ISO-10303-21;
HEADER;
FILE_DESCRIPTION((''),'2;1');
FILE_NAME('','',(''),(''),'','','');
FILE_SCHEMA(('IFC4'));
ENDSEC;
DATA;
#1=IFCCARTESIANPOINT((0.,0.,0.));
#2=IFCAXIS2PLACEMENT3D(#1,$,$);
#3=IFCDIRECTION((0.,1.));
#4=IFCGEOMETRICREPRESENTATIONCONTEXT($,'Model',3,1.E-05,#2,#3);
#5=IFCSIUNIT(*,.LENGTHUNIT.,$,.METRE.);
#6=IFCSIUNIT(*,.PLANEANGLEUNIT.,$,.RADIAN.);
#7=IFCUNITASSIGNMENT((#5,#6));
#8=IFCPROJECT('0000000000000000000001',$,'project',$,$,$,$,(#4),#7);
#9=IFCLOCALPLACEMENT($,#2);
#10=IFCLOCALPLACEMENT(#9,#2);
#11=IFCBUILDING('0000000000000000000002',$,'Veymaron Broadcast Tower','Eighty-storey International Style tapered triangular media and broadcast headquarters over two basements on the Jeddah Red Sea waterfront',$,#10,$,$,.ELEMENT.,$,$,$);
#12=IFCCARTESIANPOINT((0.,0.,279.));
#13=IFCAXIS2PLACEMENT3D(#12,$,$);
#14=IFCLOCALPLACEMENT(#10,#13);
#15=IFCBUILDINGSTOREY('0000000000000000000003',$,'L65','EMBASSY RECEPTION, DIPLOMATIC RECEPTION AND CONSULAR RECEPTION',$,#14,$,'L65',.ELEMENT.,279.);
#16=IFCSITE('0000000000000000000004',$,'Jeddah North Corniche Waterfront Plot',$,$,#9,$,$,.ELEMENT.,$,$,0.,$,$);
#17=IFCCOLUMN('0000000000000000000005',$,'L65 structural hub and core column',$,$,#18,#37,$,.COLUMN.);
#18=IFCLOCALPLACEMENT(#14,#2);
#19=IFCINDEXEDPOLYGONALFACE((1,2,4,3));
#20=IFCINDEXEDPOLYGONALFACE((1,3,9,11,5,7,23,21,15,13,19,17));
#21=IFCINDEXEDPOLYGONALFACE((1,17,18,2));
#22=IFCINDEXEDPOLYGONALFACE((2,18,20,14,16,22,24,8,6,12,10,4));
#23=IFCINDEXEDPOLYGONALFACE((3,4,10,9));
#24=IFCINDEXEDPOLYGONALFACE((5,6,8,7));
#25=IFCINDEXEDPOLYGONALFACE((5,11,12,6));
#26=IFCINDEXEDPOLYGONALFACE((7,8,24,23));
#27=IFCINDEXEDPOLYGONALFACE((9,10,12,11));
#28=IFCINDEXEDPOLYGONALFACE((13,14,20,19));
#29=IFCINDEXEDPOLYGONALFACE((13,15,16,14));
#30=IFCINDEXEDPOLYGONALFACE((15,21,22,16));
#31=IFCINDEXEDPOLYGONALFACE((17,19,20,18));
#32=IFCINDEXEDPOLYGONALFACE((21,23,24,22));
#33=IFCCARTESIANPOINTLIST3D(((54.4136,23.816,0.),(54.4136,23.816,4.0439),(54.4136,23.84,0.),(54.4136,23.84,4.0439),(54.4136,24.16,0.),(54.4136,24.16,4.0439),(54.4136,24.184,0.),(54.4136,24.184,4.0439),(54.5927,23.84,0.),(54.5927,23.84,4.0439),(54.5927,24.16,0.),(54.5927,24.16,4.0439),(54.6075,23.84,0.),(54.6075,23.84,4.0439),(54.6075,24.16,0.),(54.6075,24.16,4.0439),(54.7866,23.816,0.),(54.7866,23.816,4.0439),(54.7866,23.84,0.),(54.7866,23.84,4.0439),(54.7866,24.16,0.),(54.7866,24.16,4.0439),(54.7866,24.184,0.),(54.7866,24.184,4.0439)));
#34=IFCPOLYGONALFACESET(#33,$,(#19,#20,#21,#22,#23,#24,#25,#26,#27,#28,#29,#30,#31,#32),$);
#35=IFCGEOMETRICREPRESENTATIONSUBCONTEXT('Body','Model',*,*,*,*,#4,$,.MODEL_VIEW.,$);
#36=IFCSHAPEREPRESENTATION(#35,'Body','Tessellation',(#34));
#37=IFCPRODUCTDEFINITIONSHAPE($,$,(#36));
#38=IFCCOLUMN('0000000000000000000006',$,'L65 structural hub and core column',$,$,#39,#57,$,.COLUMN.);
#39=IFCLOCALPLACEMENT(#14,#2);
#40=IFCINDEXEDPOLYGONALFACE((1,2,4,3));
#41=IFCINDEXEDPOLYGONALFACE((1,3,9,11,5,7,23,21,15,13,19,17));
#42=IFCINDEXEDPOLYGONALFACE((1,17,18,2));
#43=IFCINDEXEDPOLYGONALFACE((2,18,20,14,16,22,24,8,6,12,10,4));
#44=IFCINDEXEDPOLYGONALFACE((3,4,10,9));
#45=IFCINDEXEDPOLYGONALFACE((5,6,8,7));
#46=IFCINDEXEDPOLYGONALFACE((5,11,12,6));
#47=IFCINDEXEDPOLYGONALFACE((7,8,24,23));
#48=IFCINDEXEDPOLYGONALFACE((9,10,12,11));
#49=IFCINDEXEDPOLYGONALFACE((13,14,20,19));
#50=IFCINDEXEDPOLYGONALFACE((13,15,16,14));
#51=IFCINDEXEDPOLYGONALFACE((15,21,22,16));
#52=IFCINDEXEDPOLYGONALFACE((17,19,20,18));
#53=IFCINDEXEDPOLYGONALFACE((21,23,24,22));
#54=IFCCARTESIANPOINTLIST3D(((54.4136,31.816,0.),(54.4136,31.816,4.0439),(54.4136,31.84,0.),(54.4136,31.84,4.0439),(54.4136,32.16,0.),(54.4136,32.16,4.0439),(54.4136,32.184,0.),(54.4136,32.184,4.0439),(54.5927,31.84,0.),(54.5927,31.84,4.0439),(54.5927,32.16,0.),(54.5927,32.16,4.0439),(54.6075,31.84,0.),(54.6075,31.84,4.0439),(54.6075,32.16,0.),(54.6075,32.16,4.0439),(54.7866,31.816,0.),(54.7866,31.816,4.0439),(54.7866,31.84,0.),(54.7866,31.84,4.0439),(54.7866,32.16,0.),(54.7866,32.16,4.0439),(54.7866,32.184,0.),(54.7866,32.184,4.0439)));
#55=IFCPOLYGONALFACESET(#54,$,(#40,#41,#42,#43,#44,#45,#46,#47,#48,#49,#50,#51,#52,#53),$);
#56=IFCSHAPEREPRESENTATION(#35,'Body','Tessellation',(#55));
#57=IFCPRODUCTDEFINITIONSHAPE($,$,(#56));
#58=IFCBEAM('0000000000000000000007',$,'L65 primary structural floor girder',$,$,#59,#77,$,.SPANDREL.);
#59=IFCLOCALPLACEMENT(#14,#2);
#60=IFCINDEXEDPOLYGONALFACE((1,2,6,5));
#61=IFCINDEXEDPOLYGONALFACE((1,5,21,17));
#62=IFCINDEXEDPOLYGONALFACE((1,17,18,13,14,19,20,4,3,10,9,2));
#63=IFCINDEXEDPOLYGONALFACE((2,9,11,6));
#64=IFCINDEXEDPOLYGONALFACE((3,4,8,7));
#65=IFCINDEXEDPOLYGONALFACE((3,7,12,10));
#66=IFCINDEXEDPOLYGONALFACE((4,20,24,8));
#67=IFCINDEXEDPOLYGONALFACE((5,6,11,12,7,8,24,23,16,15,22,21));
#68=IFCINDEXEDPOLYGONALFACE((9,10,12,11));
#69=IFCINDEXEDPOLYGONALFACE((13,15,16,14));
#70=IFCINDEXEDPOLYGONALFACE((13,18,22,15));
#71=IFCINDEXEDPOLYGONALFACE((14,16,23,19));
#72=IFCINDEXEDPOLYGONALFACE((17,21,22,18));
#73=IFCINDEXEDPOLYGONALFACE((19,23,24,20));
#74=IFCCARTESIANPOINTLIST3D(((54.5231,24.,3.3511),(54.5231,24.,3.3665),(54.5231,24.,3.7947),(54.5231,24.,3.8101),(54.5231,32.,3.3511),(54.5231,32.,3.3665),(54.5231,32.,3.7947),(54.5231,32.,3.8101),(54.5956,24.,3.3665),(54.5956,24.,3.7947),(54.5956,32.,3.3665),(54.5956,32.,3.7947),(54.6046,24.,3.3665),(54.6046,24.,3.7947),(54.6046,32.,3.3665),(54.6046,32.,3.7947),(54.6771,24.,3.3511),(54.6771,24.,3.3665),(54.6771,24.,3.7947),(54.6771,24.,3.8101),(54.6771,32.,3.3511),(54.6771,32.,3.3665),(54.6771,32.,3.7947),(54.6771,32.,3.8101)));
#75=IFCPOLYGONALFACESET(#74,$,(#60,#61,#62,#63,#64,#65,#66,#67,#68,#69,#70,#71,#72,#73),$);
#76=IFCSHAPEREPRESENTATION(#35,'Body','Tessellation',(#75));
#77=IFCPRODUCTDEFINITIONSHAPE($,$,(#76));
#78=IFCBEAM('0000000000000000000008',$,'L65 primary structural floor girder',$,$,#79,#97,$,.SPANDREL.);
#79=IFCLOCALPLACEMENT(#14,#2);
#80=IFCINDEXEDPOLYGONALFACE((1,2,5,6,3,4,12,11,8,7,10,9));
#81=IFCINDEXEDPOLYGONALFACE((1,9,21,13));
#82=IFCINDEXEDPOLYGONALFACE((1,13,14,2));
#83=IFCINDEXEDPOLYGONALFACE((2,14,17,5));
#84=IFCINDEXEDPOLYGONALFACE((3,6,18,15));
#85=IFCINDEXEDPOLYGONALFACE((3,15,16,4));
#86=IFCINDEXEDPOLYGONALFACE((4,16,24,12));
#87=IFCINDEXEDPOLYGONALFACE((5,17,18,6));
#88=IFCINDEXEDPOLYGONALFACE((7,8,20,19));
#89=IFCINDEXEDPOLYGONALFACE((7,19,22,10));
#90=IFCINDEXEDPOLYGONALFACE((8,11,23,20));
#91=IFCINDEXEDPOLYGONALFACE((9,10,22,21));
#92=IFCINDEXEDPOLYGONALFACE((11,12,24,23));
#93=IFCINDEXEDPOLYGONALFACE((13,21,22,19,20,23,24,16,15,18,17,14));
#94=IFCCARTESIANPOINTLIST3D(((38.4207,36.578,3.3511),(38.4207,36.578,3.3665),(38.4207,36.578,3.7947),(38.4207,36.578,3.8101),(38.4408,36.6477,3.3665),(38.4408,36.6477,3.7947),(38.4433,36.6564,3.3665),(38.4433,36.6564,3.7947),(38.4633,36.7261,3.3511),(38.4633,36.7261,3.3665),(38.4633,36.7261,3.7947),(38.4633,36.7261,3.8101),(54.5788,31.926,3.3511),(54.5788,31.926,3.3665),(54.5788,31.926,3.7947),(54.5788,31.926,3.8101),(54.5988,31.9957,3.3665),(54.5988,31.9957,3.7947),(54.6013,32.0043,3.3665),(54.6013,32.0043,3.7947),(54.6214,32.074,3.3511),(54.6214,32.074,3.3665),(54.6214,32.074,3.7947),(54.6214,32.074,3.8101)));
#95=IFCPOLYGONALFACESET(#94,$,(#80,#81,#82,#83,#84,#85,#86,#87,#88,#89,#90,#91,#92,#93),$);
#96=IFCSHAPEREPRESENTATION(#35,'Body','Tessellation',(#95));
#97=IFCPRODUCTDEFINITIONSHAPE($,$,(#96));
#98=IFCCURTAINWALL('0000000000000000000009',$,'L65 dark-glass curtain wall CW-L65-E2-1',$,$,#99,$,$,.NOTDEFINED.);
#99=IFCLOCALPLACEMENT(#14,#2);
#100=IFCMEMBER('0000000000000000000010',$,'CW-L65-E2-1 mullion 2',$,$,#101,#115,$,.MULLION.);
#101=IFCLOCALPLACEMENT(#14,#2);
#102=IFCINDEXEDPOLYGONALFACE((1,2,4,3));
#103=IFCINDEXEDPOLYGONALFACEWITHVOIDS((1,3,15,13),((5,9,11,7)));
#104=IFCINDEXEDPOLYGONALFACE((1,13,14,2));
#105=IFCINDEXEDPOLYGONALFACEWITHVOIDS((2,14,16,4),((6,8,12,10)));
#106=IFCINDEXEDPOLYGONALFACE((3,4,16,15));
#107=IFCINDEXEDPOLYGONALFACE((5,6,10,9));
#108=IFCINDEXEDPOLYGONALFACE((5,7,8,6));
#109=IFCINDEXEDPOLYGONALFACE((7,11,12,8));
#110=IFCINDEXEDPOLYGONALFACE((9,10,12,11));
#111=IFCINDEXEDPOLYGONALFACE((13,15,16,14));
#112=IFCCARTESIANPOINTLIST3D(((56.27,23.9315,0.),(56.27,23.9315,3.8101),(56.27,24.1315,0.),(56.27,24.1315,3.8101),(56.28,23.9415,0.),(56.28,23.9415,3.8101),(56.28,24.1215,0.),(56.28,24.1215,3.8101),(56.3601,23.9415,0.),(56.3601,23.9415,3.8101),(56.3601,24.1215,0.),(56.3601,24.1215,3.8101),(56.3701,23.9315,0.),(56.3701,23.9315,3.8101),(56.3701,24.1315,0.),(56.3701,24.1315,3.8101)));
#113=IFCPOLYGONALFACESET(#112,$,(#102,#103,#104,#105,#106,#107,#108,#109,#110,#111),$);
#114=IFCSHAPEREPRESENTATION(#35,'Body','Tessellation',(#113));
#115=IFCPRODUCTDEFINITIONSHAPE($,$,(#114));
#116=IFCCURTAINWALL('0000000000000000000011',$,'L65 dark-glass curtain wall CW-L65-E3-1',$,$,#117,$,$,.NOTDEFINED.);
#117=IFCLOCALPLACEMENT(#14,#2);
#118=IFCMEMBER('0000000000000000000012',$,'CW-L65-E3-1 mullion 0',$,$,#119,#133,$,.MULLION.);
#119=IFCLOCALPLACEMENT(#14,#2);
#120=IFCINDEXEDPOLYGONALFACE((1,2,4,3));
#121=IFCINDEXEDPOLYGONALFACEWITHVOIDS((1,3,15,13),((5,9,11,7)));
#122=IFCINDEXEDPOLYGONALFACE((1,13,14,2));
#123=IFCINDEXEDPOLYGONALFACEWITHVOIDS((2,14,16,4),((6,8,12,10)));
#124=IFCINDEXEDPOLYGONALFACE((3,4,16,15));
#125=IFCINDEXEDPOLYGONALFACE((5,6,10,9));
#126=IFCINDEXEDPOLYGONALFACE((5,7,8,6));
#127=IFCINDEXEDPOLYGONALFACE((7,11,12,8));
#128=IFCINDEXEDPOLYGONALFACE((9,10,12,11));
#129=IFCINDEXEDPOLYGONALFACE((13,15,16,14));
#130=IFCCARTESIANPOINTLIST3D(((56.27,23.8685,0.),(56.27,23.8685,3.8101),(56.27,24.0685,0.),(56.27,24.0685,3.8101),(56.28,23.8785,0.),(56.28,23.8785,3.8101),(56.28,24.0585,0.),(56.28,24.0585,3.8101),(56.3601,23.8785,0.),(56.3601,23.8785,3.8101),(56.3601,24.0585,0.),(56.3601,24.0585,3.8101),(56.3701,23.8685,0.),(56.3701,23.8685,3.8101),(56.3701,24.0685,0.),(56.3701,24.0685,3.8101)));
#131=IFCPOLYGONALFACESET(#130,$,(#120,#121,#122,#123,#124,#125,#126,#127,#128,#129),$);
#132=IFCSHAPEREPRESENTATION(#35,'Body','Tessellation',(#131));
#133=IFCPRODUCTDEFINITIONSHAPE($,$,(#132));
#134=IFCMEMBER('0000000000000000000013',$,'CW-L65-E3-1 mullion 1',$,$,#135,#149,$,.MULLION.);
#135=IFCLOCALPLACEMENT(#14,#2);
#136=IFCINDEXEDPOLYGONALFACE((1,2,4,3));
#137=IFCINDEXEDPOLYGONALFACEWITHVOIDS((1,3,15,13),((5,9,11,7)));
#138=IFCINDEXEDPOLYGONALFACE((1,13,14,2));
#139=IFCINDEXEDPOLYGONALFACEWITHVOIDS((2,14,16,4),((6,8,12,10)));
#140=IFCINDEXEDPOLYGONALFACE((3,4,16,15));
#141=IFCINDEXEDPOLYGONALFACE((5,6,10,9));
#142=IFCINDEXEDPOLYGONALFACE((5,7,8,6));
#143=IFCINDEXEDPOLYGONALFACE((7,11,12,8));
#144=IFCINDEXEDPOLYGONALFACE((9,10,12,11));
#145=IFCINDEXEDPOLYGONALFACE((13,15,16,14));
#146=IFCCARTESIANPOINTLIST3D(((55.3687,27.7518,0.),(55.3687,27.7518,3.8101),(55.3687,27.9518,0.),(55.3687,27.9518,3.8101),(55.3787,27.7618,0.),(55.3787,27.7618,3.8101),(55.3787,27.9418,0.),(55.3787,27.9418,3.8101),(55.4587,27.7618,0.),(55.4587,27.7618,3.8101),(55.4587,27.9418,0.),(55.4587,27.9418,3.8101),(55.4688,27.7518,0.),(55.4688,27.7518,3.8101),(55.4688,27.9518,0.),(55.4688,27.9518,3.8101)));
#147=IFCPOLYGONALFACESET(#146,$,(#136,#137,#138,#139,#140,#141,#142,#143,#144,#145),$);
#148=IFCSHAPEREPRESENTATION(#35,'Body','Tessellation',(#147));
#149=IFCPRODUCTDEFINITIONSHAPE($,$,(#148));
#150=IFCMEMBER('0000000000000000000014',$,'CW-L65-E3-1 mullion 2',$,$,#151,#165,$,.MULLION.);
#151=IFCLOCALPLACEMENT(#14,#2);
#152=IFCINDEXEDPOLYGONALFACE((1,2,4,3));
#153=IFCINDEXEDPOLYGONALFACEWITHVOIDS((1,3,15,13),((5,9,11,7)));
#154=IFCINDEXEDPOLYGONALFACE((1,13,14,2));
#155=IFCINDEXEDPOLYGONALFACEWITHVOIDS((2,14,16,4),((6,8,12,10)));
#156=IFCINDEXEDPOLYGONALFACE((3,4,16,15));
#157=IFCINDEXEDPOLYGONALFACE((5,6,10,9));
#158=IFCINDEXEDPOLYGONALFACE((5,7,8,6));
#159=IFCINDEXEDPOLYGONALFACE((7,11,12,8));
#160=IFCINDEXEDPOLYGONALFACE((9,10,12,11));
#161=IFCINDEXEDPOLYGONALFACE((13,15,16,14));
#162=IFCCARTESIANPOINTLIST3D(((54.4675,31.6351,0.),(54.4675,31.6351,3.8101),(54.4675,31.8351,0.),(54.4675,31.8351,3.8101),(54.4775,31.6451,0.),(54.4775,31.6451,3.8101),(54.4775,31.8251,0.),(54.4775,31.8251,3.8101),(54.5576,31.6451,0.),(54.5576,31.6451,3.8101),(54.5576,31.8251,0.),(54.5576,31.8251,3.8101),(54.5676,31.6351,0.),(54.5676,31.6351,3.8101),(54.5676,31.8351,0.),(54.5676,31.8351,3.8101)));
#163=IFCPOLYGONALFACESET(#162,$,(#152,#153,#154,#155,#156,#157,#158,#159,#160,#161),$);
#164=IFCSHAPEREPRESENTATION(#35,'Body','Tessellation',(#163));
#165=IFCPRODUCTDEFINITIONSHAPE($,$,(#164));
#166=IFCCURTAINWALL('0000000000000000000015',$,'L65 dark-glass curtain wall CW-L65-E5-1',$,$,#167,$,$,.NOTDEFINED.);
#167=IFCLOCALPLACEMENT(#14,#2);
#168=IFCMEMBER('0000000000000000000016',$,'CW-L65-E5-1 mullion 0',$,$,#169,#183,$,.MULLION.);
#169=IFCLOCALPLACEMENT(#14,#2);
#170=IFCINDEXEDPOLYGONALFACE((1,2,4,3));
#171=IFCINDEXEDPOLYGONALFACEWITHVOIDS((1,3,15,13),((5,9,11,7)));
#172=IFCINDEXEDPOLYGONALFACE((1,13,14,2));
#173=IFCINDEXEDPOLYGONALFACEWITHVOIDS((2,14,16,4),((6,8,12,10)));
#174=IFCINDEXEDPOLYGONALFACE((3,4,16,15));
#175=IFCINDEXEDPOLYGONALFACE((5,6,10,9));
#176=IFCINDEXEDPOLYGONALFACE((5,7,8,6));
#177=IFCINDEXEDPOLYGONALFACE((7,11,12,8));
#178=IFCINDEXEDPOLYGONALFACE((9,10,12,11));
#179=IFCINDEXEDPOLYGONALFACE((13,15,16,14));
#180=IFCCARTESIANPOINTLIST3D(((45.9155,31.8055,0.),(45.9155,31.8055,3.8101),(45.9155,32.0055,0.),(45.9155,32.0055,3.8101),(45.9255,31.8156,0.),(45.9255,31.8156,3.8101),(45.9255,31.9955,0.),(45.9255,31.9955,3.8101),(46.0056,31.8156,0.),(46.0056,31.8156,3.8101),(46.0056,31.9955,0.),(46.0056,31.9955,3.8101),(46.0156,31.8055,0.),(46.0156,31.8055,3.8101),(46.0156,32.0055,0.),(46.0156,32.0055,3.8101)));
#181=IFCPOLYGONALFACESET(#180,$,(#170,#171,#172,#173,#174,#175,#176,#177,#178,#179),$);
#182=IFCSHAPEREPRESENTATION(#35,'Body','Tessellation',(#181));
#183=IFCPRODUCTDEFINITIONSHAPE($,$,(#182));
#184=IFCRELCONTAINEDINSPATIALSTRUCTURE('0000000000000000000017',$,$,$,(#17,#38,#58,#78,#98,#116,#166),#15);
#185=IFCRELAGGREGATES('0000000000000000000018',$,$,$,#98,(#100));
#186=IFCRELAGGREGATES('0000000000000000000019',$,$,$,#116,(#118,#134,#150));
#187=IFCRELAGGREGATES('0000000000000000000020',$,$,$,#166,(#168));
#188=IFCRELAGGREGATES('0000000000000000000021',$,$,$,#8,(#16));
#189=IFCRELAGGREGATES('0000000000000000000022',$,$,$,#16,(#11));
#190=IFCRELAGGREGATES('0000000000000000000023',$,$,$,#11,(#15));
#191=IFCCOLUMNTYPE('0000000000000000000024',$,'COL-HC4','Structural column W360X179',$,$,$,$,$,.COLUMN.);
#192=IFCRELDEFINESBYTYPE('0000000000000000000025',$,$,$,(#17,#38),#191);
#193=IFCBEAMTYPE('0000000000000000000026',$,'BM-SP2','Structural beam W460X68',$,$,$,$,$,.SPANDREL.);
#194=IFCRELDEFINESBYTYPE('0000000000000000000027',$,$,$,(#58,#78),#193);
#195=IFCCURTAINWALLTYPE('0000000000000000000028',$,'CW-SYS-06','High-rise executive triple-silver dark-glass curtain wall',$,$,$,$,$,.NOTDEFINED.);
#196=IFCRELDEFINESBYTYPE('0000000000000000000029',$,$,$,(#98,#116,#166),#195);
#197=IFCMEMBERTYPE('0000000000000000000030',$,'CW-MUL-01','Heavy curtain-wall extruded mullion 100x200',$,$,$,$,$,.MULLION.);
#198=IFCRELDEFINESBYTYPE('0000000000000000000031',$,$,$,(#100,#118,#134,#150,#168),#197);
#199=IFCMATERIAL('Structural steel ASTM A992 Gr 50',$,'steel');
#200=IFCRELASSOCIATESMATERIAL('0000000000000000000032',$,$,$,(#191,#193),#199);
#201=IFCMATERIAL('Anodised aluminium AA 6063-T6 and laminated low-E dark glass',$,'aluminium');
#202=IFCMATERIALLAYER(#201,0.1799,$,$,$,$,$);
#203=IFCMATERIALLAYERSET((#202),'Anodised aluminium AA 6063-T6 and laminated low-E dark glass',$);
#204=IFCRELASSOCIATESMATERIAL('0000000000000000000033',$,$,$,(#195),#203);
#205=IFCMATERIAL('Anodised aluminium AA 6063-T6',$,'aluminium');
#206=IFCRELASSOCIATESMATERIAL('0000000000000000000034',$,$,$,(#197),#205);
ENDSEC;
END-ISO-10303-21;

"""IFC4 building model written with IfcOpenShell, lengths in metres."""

from ifc_helpers import new_model, si_unit, direction, frame, origin, origin_2d, place, context, subcontext, project, spatial, hollow_rectangle, i_section, extrude, material, layer, layer_set, material_profile, profile_set, type_object, element, aggregate, save


model = new_model("IFC4")

# Units and contexts
model_context = context("Model", 3, precision=1e-05, world=origin(), true_north=direction((0.0, 1.0)))
body_context = subcontext(model_context, "Body", "Model", "MODEL_VIEW")
ifc_project = project(units=[si_unit("LENGTHUNIT", "METRE"), si_unit("PLANEANGLEUNIT", "RADIAN")], contexts=[model_context])

# Site, building, storey
site_placement = place(None, origin())
site = spatial("IfcSite", under=ifc_project, at=site_placement, Name="Jeddah North Corniche Waterfront Plot", CompositionType="ELEMENT", RefElevation=0.0)
building_placement = place(site_placement, origin())
building = spatial("IfcBuilding", under=site, at=building_placement, Name="Veymaron Broadcast Tower", Description="Eighty-storey International Style tapered triangular media and broadcast headquarters over two basements on the Jeddah Red Sea waterfront", CompositionType="ELEMENT")
storey_placement = place(building_placement, frame((0.0, 0.0, 279.0)))
storey = spatial("IfcBuildingStorey", under=building, at=storey_placement, Name="L65", Description="EMBASSY RECEPTION, DIPLOMATIC RECEPTION AND CONSULAR RECEPTION", LongName="L65", CompositionType="ELEMENT", Elevation=279.0)

# Columns
ifc_material_1 = material(Name="Structural steel ASTM A992 Gr 50", Category="steel")
ifc_material_profile_1 = material_profile(ifc_material_1, i_section(OverallWidth=0.373, OverallDepth=0.3679, WebThickness=0.0149, FlangeThickness=0.0239, at=origin_2d()), Name="W360X179")
ifc_profile_set_1 = profile_set([ifc_material_profile_1], Name="Structural steel ASTM A992 Gr 50")
column_type = type_object("IfcColumnType", Name="COL-HC4", Description="Structural column W360X179", PredefinedType="COLUMN", material=ifc_profile_set_1)
for number, where, z_axis, x_axis, name in (
    (1, (54.6001, 24.0, 0.0), (0.0, 0.0, 1.0), (1.0, 0.0, 0.0), "L65 structural hub and core column"),
    (2, (54.6001, 32.0, 0.0), (0.0, 0.0, 1.0), (1.0, 0.0, 0.0), "L65 structural hub and core column"),
):
    element("IfcColumn", number, at=place(storey_placement, frame(where, z_axis=z_axis, x_axis=x_axis)), inside=storey, type_object=column_type, Name=name, PredefinedType="COLUMN", context=body_context, shape_type="SweptSolid", body=[
        extrude(i_section(OverallWidth=0.373, OverallDepth=0.3679, WebThickness=0.0149, FlangeThickness=0.0239, at=origin_2d()), origin(), (0.0, 0.0, 1.0), 4.0439),
    ])

# Beams
ifc_material_profile_2 = material_profile(ifc_material_1, i_section(OverallWidth=0.1541, OverallDepth=0.459, WebThickness=0.009, FlangeThickness=0.0154, at=origin_2d()), Name="W460X68")
ifc_profile_set_2 = profile_set([ifc_material_profile_2], Name="Structural steel ASTM A992 Gr 50")
beam_type = type_object("IfcBeamType", Name="BM-SP2", Description="Structural beam W460X68", PredefinedType="SPANDREL", material=ifc_profile_set_2)
beam_1_placement = place(storey_placement, frame((54.6001, 24.0, 3.5806), z_axis=(0.0, 1.0, 0.0), x_axis=(-1.0, 0.0, 0.0)))
element("IfcBeam", 3, at=beam_1_placement, inside=storey, type_object=beam_type, Name="L65 primary structural floor girder", PredefinedType="SPANDREL", context=body_context, shape_type="SweptSolid", body=[
    extrude(i_section(OverallWidth=0.1541, OverallDepth=0.459, WebThickness=0.009, FlangeThickness=0.0154, at=origin_2d()), origin(), (0.0, 0.0, 1.0), 8.0),
])
beam_2_placement = place(storey_placement, frame((54.6001, 32.0, 3.5806), z_axis=(-0.960965, 0.276671, 0.0), x_axis=(-0.276671, -0.960965, 0.0)))
element("IfcBeam", 4, at=beam_2_placement, inside=storey, type_object=beam_type, Name="L65 primary structural floor girder", PredefinedType="SPANDREL", context=body_context, shape_type="SweptSolid", body=[
    extrude(i_section(OverallWidth=0.1541, OverallDepth=0.459, WebThickness=0.009, FlangeThickness=0.0154, at=origin_2d()), origin(), (0.0, 0.0, 1.0), 16.8145),
])

# Curtain wall, member
ifc_material_2 = material(Name="Anodised aluminium AA 6063-T6 and laminated low-E dark glass", Category="aluminium")
ifc_layer_1 = layer(ifc_material_2, 0.1799)
ifc_layer_set_1 = layer_set([ifc_layer_1], Name="Anodised aluminium AA 6063-T6 and laminated low-E dark glass")
curtain_wall_type = type_object("IfcCurtainWallType", Name="CW-SYS-06", Description="High-rise executive triple-silver dark-glass curtain wall", PredefinedType="NOTDEFINED", material=ifc_layer_set_1)
curtain_wall_1_placement = place(storey_placement, origin())
curtain_wall_1 = element("IfcCurtainWall", 5, at=curtain_wall_1_placement, inside=storey, type_object=curtain_wall_type, Name="L65 dark-glass curtain wall CW-L65-E2-1", PredefinedType="NOTDEFINED")
ifc_material_3 = material(Name="Anodised aluminium AA 6063-T6", Category="aluminium")
ifc_material_profile_3 = material_profile(ifc_material_3, hollow_rectangle(XDim=0.1001, YDim=0.2, WallThickness=0.01, at=origin_2d()), Name="RHS200X100X10")
ifc_profile_set_3 = profile_set([ifc_material_profile_3], Name="Anodised aluminium AA 6063-T6")
member_type_1 = type_object("IfcMemberType", Name="CW-MUL-01", Description="Heavy curtain-wall extruded mullion 100x200", PredefinedType="MULLION", material=ifc_profile_set_3)
member_1_placement = place(storey_placement, frame((56.3201, 24.0315, 0.0), z_axis=(0.0, 0.0, 1.0), x_axis=(1.0, 0.0, 0.0)))
member_1 = element("IfcMember", 6, at=member_1_placement, type_object=member_type_1, Name="CW-L65-E2-1 mullion 2", PredefinedType="MULLION", context=body_context, shape_type="SweptSolid", body=[
    extrude(hollow_rectangle(XDim=0.1001, YDim=0.2, WallThickness=0.01, at=origin_2d()), origin(), (0.0, 0.0, 1.0), 3.8101),
])
aggregate(curtain_wall_1, [member_1])

# Curtain wall, members
curtain_wall_2_placement = place(storey_placement, origin())
curtain_wall_2 = element("IfcCurtainWall", 7, at=curtain_wall_2_placement, inside=storey, type_object=curtain_wall_type, Name="L65 dark-glass curtain wall CW-L65-E3-1", PredefinedType="NOTDEFINED")
member_2_placement = place(storey_placement, frame((56.3201, 23.9685, 0.0), z_axis=(0.0, 0.0, 1.0), x_axis=(1.0, 0.0, 0.0)))
member_2 = element("IfcMember", 8, at=member_2_placement, type_object=member_type_1, Name="CW-L65-E3-1 mullion 0", PredefinedType="MULLION", context=body_context, shape_type="SweptSolid", body=[
    extrude(hollow_rectangle(XDim=0.1001, YDim=0.2, WallThickness=0.01, at=origin_2d()), origin(), (0.0, 0.0, 1.0), 3.8101),
])
member_3_placement = place(storey_placement, frame((55.4187, 27.8518, 0.0), z_axis=(0.0, 0.0, 1.0), x_axis=(1.0, 0.0, 0.0)))
member_3 = element("IfcMember", 9, at=member_3_placement, type_object=member_type_1, Name="CW-L65-E3-1 mullion 1", PredefinedType="MULLION", context=body_context, shape_type="SweptSolid", body=[
    extrude(hollow_rectangle(XDim=0.1001, YDim=0.2, WallThickness=0.01, at=origin_2d()), origin(), (0.0, 0.0, 1.0), 3.8101),
])
member_4_placement = place(storey_placement, frame((54.5176, 31.7351, 0.0), z_axis=(0.0, 0.0, 1.0), x_axis=(1.0, 0.0, 0.0)))
member_4 = element("IfcMember", 10, at=member_4_placement, type_object=member_type_1, Name="CW-L65-E3-1 mullion 2", PredefinedType="MULLION", context=body_context, shape_type="SweptSolid", body=[
    extrude(hollow_rectangle(XDim=0.1001, YDim=0.2, WallThickness=0.01, at=origin_2d()), origin(), (0.0, 0.0, 1.0), 3.8101),
])

# Curtain wall, member
curtain_wall_3_placement = place(storey_placement, origin())
curtain_wall_3 = element("IfcCurtainWall", 11, at=curtain_wall_3_placement, inside=storey, type_object=curtain_wall_type, Name="L65 dark-glass curtain wall CW-L65-E5-1", PredefinedType="NOTDEFINED")
member_5_placement = place(storey_placement, frame((45.9656, 31.9055, 0.0), z_axis=(0.0, 0.0, 1.0), x_axis=(1.0, 0.0, 0.0)))
member_5 = element("IfcMember", 12, at=member_5_placement, type_object=member_type_1, Name="CW-L65-E5-1 mullion 0", PredefinedType="MULLION", context=body_context, shape_type="SweptSolid", body=[
    extrude(hollow_rectangle(XDim=0.1001, YDim=0.2, WallThickness=0.01, at=origin_2d()), origin(), (0.0, 0.0, 1.0), 3.8101),
])

aggregate(curtain_wall_2, [member_2, member_3, member_4])
aggregate(curtain_wall_3, [member_5])

save(model, "model.ifc")
